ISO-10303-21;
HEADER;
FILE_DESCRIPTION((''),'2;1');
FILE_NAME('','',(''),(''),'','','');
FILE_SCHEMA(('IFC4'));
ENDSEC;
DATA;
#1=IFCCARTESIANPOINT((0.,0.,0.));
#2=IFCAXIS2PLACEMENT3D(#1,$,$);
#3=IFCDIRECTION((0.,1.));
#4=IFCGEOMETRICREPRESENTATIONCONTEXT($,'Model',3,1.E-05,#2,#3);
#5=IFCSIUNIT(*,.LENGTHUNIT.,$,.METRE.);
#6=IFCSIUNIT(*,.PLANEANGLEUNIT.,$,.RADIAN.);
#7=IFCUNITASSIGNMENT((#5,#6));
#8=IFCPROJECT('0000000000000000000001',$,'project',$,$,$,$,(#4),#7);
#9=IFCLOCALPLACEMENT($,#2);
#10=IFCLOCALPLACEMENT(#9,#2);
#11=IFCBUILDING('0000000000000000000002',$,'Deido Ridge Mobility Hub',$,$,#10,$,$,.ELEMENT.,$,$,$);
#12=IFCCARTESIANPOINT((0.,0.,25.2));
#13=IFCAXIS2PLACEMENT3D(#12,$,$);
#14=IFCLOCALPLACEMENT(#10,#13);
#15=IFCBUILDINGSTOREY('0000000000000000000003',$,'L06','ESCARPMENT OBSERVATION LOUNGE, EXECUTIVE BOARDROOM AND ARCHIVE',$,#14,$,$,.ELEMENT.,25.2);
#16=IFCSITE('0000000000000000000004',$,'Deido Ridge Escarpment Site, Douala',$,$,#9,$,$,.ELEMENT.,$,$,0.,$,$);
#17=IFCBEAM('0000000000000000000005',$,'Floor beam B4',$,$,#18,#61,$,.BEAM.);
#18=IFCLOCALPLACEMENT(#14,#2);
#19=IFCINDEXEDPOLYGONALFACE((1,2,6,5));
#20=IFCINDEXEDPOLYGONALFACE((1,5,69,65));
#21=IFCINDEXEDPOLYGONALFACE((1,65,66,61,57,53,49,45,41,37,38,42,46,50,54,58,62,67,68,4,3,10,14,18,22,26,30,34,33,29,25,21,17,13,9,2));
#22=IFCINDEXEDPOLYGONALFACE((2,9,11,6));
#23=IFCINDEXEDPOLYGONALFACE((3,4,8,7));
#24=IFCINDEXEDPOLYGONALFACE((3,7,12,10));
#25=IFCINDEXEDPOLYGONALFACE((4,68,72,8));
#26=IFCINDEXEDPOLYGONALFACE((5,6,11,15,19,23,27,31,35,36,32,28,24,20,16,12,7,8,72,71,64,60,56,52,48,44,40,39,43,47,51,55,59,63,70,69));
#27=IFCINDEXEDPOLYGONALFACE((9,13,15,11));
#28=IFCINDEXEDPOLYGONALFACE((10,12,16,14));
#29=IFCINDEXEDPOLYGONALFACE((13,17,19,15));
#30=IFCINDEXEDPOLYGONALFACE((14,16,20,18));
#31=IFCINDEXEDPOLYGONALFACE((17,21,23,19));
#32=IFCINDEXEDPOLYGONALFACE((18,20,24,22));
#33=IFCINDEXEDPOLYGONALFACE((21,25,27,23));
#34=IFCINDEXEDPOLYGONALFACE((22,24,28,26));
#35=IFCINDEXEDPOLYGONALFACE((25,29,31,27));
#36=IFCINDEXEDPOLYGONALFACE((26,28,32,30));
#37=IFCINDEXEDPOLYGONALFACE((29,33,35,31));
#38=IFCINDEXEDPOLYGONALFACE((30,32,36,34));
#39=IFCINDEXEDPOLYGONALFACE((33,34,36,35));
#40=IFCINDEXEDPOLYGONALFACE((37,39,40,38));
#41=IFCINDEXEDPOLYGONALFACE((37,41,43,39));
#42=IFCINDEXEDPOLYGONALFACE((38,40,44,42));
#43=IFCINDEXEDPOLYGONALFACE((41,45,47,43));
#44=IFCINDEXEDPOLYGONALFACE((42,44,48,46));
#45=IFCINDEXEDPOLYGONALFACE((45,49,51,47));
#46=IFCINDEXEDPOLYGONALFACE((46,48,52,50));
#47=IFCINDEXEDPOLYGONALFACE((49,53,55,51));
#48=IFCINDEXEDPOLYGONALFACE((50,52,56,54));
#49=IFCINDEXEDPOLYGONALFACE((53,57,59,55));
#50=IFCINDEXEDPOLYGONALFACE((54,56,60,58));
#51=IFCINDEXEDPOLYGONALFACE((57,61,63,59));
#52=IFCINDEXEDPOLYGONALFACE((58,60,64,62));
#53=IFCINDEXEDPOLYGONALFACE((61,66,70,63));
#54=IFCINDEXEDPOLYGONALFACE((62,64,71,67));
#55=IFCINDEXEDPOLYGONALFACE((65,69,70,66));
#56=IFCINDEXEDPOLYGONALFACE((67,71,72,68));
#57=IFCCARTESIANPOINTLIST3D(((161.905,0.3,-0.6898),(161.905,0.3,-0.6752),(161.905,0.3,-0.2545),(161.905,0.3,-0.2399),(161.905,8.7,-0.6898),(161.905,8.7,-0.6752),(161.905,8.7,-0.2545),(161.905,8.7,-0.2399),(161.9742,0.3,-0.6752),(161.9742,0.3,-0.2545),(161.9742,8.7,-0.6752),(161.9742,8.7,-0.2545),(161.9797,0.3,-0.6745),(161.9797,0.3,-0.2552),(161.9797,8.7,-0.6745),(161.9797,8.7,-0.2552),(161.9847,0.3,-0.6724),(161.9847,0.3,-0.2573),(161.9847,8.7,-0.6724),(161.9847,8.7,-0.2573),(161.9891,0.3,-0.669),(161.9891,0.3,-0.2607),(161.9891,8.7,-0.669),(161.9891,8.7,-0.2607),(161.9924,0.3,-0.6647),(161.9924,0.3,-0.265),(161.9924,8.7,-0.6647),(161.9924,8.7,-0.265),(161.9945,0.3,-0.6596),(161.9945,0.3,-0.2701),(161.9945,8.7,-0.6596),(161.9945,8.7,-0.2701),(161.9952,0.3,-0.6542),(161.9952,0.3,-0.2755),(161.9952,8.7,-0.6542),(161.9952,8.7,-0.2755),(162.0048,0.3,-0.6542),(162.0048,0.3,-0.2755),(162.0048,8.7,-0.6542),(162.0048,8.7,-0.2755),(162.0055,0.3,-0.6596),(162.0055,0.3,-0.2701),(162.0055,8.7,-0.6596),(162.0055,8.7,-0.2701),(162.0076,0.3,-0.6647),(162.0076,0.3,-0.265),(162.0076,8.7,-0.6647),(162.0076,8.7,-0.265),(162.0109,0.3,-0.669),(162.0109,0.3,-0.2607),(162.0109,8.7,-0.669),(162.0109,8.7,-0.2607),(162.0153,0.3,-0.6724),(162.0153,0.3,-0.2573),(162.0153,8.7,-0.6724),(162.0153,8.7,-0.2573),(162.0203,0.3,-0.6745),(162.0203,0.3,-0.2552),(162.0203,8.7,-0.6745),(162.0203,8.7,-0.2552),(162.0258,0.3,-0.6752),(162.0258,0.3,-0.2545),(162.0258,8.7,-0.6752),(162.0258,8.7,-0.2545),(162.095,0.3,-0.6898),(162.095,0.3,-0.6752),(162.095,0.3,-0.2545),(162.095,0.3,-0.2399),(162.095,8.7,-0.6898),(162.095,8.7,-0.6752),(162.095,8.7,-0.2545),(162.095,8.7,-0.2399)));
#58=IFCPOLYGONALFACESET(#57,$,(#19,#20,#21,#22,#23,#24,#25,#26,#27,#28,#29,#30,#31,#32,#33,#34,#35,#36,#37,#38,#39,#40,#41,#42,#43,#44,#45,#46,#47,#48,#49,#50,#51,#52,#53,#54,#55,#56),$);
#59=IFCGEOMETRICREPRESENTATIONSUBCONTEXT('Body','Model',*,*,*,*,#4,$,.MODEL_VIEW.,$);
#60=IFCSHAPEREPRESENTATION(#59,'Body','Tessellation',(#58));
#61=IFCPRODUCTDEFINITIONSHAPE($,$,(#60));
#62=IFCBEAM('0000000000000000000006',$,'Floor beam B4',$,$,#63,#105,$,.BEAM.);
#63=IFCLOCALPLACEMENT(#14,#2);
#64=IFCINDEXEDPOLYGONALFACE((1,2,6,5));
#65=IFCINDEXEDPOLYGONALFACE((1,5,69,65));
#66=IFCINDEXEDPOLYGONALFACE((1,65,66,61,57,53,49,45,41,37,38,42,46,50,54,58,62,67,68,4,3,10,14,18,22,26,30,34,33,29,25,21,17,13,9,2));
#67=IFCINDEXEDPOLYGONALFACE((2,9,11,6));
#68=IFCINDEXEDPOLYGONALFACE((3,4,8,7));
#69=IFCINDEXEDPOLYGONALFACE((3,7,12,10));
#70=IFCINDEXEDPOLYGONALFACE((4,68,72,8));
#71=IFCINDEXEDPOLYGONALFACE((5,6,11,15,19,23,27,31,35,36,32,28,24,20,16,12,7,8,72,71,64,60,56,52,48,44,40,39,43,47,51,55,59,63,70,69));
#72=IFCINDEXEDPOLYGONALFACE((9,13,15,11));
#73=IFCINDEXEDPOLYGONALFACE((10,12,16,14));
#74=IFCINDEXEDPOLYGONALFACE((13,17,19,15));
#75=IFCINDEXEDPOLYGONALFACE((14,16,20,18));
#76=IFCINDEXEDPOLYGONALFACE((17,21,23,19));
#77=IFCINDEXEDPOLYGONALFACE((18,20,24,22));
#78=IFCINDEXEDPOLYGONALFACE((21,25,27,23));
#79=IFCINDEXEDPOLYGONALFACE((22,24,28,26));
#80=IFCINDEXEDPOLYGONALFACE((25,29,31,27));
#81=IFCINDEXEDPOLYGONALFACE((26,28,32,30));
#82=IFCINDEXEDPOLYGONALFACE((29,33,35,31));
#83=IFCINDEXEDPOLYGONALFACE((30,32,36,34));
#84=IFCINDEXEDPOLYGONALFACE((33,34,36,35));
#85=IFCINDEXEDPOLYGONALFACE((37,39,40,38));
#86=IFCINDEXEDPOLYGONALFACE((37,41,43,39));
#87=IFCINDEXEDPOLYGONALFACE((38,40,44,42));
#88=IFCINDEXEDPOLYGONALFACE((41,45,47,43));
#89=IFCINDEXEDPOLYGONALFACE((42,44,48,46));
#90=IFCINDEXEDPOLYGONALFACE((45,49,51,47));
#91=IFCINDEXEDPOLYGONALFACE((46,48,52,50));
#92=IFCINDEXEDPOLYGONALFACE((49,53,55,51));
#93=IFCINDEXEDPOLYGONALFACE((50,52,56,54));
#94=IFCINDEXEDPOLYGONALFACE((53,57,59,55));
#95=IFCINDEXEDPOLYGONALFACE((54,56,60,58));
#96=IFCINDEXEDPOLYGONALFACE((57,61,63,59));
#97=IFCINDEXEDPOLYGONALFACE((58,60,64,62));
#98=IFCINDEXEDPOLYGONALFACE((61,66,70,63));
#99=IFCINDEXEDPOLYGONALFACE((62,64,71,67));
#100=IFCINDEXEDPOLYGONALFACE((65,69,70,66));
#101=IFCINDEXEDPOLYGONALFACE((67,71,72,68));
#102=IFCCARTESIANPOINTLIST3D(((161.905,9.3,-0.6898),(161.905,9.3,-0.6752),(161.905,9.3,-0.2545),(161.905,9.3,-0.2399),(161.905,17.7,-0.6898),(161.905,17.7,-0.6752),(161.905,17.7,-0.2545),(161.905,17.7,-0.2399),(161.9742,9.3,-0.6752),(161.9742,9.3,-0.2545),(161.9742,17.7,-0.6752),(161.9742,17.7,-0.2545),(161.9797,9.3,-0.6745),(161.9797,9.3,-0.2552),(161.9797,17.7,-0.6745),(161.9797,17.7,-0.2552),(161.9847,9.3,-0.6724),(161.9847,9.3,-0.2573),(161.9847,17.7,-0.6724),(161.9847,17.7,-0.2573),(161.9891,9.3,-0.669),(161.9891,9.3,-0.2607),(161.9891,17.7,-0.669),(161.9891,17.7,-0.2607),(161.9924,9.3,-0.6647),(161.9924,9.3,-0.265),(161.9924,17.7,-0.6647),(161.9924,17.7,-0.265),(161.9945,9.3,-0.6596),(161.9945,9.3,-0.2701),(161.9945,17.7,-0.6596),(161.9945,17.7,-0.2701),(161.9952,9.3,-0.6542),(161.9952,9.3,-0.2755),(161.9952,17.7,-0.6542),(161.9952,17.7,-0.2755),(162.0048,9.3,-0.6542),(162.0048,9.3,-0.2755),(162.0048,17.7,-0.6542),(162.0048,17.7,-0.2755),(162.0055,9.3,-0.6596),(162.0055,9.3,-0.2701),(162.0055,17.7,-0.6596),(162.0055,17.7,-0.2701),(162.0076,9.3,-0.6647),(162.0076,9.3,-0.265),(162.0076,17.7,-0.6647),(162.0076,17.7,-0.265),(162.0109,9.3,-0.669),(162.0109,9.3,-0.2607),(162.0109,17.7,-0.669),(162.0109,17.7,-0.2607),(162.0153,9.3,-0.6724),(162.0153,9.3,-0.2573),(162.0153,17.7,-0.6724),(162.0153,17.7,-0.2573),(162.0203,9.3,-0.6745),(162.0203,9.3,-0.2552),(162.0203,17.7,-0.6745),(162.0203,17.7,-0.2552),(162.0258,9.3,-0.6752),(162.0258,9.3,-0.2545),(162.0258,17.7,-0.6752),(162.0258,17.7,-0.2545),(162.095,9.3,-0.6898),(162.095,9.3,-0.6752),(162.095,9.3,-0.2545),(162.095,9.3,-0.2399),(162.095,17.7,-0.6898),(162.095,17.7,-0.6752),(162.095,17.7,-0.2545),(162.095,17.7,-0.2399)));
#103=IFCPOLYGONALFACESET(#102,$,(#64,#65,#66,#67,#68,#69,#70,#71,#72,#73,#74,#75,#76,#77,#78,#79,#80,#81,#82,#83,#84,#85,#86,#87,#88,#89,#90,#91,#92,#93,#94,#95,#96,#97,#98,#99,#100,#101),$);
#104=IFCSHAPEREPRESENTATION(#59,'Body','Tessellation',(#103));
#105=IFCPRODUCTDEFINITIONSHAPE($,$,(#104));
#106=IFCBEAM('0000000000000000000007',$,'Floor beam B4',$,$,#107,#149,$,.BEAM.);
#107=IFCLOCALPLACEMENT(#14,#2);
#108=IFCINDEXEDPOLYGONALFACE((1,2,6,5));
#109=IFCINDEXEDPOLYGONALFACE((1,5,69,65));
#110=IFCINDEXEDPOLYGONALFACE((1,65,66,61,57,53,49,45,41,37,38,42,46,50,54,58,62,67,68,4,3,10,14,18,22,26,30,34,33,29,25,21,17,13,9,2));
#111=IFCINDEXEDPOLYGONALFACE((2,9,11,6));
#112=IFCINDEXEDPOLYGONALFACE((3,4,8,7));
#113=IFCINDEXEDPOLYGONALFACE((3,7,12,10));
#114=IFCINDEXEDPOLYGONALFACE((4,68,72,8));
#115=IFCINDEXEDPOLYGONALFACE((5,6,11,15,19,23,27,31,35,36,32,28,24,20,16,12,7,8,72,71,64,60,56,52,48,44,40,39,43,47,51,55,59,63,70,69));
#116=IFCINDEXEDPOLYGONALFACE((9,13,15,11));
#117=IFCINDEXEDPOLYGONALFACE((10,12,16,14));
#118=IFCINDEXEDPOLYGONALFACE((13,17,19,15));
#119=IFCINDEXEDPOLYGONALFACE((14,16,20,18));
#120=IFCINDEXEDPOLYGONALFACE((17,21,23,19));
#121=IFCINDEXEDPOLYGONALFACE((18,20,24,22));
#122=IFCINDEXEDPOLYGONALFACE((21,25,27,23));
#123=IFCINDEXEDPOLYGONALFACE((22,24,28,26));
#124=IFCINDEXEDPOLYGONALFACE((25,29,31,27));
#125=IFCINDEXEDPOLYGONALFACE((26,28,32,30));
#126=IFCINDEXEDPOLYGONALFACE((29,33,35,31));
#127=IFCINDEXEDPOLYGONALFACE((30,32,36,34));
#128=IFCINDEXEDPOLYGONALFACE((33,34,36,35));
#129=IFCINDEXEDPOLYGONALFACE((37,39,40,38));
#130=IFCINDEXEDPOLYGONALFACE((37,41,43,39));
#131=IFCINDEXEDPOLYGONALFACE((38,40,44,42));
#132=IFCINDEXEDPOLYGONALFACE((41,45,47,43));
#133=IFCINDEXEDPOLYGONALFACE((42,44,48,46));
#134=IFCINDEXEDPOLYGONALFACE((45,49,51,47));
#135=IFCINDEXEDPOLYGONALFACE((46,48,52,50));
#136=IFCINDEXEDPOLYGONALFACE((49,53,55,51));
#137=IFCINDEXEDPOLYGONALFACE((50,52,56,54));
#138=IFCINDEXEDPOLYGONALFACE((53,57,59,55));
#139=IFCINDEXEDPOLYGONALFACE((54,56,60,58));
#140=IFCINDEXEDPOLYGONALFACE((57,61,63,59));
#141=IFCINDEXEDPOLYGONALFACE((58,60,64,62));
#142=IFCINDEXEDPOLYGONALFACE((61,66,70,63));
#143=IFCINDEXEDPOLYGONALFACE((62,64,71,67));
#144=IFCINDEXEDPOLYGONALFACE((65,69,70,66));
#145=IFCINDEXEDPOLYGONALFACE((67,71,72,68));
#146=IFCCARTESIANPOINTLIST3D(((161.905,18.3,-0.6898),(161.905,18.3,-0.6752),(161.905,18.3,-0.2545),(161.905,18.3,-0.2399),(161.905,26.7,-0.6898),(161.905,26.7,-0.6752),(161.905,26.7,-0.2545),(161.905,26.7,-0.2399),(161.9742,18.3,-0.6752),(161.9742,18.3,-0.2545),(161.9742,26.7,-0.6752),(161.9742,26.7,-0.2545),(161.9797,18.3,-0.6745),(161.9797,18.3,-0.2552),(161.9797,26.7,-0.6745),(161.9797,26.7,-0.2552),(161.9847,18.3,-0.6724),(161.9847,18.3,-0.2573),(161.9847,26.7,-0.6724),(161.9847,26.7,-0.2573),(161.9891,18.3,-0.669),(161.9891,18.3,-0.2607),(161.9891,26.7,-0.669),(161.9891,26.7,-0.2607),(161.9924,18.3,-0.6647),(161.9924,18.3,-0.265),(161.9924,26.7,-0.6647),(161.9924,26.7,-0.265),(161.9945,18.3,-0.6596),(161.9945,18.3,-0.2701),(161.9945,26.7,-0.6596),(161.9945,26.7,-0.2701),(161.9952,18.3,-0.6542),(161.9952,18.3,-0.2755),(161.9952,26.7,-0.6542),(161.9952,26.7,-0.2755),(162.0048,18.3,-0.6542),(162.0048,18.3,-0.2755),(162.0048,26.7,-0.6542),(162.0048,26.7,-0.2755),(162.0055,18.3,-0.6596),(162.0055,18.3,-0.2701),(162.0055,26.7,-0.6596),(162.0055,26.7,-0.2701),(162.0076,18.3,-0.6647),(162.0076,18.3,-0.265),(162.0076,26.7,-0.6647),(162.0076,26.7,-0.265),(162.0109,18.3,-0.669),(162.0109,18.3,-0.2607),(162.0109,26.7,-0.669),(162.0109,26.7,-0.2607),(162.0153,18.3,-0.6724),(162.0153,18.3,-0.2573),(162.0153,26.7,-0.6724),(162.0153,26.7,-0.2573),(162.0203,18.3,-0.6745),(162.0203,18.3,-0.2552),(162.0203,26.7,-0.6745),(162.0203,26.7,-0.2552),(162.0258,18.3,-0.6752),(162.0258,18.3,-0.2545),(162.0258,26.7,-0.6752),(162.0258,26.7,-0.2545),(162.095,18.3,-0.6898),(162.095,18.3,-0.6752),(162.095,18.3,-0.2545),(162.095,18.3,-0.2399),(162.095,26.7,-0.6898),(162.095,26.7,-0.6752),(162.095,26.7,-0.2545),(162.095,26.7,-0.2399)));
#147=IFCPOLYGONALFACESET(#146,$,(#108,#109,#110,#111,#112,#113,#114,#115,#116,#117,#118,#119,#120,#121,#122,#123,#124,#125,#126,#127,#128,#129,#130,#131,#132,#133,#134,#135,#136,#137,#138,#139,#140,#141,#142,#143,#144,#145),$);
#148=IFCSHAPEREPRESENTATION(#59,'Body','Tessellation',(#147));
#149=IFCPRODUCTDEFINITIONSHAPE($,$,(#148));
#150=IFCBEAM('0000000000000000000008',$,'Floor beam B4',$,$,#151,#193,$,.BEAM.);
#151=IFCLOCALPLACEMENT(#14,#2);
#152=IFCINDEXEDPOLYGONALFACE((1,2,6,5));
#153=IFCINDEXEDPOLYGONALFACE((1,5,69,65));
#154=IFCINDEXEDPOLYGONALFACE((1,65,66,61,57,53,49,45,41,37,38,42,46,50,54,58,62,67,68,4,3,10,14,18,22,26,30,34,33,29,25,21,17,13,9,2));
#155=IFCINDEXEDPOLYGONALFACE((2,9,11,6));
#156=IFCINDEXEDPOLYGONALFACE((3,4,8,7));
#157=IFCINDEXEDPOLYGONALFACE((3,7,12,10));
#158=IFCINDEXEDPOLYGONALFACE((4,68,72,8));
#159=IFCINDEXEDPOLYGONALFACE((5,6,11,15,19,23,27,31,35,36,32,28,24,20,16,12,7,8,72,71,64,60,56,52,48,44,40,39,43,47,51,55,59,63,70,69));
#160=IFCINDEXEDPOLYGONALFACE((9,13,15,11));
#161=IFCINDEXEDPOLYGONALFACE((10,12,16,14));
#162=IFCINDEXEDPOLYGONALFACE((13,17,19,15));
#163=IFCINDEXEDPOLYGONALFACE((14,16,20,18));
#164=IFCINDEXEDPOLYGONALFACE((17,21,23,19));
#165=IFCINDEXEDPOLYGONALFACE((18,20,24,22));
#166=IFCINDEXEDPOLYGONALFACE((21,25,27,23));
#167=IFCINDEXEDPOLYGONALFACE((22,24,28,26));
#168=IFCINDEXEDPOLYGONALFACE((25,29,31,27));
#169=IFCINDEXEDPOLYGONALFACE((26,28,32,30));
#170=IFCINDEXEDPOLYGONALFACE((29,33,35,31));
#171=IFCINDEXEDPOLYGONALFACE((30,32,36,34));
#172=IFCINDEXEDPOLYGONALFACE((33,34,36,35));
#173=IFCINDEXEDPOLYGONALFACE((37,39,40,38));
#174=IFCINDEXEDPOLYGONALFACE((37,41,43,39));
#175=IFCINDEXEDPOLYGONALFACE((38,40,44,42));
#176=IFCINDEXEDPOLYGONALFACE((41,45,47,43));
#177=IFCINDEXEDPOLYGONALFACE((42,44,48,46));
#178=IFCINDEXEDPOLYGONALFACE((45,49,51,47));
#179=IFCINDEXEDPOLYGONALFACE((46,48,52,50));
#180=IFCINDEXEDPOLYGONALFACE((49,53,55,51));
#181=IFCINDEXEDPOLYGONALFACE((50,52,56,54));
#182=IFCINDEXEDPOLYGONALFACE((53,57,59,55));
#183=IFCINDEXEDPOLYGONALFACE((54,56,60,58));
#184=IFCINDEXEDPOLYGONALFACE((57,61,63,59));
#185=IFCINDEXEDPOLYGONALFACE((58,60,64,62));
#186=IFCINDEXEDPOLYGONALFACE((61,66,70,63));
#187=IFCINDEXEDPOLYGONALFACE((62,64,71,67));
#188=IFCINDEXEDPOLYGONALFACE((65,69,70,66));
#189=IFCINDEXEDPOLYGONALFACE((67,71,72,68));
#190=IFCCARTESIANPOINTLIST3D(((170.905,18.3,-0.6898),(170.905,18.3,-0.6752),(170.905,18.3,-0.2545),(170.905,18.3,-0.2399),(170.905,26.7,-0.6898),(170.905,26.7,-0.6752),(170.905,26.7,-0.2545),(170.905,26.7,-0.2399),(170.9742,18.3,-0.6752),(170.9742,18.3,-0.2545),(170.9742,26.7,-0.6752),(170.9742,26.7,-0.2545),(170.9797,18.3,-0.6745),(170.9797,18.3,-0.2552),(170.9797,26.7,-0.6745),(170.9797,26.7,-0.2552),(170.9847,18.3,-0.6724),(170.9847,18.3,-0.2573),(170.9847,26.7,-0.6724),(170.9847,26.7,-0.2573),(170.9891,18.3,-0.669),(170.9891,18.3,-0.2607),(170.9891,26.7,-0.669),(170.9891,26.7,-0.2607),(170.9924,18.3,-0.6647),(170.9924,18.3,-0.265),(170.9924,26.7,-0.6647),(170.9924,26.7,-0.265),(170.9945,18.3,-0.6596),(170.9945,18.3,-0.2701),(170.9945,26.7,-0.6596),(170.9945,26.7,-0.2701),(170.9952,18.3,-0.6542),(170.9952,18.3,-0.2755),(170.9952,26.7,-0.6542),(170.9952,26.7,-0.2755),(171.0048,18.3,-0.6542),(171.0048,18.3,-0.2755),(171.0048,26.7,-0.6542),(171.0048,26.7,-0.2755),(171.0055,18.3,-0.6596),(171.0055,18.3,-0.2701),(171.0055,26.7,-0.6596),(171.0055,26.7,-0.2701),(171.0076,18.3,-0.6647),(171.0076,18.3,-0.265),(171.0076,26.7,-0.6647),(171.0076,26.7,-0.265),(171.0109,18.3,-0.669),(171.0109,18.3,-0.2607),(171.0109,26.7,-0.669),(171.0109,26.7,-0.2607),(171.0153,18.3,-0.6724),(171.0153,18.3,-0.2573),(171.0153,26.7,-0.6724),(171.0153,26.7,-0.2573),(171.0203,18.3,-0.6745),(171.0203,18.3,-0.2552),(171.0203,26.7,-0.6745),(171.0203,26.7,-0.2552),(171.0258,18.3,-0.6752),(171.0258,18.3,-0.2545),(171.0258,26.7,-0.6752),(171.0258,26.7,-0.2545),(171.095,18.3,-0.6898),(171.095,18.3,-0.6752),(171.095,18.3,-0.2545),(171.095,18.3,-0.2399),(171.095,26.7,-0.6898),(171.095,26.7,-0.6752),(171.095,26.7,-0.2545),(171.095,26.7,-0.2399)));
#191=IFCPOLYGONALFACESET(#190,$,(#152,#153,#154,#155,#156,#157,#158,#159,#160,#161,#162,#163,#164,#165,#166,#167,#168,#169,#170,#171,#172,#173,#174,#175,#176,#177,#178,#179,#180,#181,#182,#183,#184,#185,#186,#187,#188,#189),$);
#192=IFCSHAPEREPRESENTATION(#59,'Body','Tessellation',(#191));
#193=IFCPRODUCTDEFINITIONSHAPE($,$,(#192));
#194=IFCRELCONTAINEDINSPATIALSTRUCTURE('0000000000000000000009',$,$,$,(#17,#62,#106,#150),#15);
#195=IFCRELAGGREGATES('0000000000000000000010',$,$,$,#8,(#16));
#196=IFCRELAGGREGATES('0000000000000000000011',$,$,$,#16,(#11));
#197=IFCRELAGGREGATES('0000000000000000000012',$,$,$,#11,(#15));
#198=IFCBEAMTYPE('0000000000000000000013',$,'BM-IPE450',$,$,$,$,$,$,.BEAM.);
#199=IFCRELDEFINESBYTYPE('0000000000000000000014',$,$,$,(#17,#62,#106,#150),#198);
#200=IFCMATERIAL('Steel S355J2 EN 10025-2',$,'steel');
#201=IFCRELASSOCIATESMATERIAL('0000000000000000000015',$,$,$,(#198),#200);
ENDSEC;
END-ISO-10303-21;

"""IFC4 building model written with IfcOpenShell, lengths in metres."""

from ifc_helpers import new_model, si_unit, direction, frame, origin, origin_2d, place, context, subcontext, project, spatial, i_section, extrude, material, material_profile, profile_set, type_object, element, save


model = new_model("IFC4")

# Units and contexts
model_context = context("Model", 3, precision=1e-05, world=origin(), true_north=direction((0.0, 1.0)))
body_context = subcontext(model_context, "Body", "Model", "MODEL_VIEW")
ifc_project = project(units=[si_unit("LENGTHUNIT", "METRE"), si_unit("PLANEANGLEUNIT", "RADIAN")], contexts=[model_context])

# Site, building, storey
site_placement = place(None, origin())
site = spatial("IfcSite", under=ifc_project, at=site_placement, Name="Deido Ridge Escarpment Site, Douala", CompositionType="ELEMENT", RefElevation=0.0)
building_placement = place(site_placement, origin())
building = spatial("IfcBuilding", under=site, at=building_placement, Name="Deido Ridge Mobility Hub", CompositionType="ELEMENT")
storey_placement = place(building_placement, frame((0.0, 0.0, 25.2)))
storey = spatial("IfcBuildingStorey", under=building, at=storey_placement, Name="L06", Description="ESCARPMENT OBSERVATION LOUNGE, EXECUTIVE BOARDROOM AND ARCHIVE", CompositionType="ELEMENT", Elevation=25.2)

# Shared definitions
ifc_material_1 = material(Name="Steel S355J2 EN 10025-2", Category="steel")

# Beams
ifc_material_profile_1 = material_profile(ifc_material_1, i_section(OverallWidth=0.1899, OverallDepth=0.45, WebThickness=0.0095, FlangeThickness=0.0146, FilletRadius=0.021, at=origin_2d()), Name="IPE 450")
ifc_profile_set_1 = profile_set([ifc_material_profile_1], Name="Steel S355J2 EN 10025-2")
beam_type_1 = type_object("IfcBeamType", Name="BM-IPE450", PredefinedType="BEAM", material=ifc_profile_set_1)
for number, where, z_axis, x_axis, name in (
    (1, (162.0, 0.3, -0.4648), (0.0, 1.0, 0.0), (-1.0, 0.0, 0.0), "Floor beam B4"),
    (2, (162.0, 9.3, -0.4648), (0.0, 1.0, 0.0), (-1.0, 0.0, 0.0), "Floor beam B4"),
    (3, (162.0, 18.3, -0.4648), (0.0, 1.0, 0.0), (-1.0, 0.0, 0.0), "Floor beam B4"),
    (4, (171.0, 18.3, -0.4648), (0.0, 1.0, 0.0), (-1.0, 0.0, 0.0), "Floor beam B4"),
):
    element("IfcBeam", number, at=place(storey_placement, frame(where, z_axis=z_axis, x_axis=x_axis)), inside=storey, type_object=beam_type_1, Name=name, PredefinedType="BEAM", context=body_context, shape_type="SweptSolid", body=[
        extrude(i_section(OverallWidth=0.1899, OverallDepth=0.45, WebThickness=0.0095, FlangeThickness=0.0146, FilletRadius=0.021, at=origin_2d()), origin(), (0.0, 0.0, 1.0), 8.3999),
    ])

save(model, "model.ifc")
